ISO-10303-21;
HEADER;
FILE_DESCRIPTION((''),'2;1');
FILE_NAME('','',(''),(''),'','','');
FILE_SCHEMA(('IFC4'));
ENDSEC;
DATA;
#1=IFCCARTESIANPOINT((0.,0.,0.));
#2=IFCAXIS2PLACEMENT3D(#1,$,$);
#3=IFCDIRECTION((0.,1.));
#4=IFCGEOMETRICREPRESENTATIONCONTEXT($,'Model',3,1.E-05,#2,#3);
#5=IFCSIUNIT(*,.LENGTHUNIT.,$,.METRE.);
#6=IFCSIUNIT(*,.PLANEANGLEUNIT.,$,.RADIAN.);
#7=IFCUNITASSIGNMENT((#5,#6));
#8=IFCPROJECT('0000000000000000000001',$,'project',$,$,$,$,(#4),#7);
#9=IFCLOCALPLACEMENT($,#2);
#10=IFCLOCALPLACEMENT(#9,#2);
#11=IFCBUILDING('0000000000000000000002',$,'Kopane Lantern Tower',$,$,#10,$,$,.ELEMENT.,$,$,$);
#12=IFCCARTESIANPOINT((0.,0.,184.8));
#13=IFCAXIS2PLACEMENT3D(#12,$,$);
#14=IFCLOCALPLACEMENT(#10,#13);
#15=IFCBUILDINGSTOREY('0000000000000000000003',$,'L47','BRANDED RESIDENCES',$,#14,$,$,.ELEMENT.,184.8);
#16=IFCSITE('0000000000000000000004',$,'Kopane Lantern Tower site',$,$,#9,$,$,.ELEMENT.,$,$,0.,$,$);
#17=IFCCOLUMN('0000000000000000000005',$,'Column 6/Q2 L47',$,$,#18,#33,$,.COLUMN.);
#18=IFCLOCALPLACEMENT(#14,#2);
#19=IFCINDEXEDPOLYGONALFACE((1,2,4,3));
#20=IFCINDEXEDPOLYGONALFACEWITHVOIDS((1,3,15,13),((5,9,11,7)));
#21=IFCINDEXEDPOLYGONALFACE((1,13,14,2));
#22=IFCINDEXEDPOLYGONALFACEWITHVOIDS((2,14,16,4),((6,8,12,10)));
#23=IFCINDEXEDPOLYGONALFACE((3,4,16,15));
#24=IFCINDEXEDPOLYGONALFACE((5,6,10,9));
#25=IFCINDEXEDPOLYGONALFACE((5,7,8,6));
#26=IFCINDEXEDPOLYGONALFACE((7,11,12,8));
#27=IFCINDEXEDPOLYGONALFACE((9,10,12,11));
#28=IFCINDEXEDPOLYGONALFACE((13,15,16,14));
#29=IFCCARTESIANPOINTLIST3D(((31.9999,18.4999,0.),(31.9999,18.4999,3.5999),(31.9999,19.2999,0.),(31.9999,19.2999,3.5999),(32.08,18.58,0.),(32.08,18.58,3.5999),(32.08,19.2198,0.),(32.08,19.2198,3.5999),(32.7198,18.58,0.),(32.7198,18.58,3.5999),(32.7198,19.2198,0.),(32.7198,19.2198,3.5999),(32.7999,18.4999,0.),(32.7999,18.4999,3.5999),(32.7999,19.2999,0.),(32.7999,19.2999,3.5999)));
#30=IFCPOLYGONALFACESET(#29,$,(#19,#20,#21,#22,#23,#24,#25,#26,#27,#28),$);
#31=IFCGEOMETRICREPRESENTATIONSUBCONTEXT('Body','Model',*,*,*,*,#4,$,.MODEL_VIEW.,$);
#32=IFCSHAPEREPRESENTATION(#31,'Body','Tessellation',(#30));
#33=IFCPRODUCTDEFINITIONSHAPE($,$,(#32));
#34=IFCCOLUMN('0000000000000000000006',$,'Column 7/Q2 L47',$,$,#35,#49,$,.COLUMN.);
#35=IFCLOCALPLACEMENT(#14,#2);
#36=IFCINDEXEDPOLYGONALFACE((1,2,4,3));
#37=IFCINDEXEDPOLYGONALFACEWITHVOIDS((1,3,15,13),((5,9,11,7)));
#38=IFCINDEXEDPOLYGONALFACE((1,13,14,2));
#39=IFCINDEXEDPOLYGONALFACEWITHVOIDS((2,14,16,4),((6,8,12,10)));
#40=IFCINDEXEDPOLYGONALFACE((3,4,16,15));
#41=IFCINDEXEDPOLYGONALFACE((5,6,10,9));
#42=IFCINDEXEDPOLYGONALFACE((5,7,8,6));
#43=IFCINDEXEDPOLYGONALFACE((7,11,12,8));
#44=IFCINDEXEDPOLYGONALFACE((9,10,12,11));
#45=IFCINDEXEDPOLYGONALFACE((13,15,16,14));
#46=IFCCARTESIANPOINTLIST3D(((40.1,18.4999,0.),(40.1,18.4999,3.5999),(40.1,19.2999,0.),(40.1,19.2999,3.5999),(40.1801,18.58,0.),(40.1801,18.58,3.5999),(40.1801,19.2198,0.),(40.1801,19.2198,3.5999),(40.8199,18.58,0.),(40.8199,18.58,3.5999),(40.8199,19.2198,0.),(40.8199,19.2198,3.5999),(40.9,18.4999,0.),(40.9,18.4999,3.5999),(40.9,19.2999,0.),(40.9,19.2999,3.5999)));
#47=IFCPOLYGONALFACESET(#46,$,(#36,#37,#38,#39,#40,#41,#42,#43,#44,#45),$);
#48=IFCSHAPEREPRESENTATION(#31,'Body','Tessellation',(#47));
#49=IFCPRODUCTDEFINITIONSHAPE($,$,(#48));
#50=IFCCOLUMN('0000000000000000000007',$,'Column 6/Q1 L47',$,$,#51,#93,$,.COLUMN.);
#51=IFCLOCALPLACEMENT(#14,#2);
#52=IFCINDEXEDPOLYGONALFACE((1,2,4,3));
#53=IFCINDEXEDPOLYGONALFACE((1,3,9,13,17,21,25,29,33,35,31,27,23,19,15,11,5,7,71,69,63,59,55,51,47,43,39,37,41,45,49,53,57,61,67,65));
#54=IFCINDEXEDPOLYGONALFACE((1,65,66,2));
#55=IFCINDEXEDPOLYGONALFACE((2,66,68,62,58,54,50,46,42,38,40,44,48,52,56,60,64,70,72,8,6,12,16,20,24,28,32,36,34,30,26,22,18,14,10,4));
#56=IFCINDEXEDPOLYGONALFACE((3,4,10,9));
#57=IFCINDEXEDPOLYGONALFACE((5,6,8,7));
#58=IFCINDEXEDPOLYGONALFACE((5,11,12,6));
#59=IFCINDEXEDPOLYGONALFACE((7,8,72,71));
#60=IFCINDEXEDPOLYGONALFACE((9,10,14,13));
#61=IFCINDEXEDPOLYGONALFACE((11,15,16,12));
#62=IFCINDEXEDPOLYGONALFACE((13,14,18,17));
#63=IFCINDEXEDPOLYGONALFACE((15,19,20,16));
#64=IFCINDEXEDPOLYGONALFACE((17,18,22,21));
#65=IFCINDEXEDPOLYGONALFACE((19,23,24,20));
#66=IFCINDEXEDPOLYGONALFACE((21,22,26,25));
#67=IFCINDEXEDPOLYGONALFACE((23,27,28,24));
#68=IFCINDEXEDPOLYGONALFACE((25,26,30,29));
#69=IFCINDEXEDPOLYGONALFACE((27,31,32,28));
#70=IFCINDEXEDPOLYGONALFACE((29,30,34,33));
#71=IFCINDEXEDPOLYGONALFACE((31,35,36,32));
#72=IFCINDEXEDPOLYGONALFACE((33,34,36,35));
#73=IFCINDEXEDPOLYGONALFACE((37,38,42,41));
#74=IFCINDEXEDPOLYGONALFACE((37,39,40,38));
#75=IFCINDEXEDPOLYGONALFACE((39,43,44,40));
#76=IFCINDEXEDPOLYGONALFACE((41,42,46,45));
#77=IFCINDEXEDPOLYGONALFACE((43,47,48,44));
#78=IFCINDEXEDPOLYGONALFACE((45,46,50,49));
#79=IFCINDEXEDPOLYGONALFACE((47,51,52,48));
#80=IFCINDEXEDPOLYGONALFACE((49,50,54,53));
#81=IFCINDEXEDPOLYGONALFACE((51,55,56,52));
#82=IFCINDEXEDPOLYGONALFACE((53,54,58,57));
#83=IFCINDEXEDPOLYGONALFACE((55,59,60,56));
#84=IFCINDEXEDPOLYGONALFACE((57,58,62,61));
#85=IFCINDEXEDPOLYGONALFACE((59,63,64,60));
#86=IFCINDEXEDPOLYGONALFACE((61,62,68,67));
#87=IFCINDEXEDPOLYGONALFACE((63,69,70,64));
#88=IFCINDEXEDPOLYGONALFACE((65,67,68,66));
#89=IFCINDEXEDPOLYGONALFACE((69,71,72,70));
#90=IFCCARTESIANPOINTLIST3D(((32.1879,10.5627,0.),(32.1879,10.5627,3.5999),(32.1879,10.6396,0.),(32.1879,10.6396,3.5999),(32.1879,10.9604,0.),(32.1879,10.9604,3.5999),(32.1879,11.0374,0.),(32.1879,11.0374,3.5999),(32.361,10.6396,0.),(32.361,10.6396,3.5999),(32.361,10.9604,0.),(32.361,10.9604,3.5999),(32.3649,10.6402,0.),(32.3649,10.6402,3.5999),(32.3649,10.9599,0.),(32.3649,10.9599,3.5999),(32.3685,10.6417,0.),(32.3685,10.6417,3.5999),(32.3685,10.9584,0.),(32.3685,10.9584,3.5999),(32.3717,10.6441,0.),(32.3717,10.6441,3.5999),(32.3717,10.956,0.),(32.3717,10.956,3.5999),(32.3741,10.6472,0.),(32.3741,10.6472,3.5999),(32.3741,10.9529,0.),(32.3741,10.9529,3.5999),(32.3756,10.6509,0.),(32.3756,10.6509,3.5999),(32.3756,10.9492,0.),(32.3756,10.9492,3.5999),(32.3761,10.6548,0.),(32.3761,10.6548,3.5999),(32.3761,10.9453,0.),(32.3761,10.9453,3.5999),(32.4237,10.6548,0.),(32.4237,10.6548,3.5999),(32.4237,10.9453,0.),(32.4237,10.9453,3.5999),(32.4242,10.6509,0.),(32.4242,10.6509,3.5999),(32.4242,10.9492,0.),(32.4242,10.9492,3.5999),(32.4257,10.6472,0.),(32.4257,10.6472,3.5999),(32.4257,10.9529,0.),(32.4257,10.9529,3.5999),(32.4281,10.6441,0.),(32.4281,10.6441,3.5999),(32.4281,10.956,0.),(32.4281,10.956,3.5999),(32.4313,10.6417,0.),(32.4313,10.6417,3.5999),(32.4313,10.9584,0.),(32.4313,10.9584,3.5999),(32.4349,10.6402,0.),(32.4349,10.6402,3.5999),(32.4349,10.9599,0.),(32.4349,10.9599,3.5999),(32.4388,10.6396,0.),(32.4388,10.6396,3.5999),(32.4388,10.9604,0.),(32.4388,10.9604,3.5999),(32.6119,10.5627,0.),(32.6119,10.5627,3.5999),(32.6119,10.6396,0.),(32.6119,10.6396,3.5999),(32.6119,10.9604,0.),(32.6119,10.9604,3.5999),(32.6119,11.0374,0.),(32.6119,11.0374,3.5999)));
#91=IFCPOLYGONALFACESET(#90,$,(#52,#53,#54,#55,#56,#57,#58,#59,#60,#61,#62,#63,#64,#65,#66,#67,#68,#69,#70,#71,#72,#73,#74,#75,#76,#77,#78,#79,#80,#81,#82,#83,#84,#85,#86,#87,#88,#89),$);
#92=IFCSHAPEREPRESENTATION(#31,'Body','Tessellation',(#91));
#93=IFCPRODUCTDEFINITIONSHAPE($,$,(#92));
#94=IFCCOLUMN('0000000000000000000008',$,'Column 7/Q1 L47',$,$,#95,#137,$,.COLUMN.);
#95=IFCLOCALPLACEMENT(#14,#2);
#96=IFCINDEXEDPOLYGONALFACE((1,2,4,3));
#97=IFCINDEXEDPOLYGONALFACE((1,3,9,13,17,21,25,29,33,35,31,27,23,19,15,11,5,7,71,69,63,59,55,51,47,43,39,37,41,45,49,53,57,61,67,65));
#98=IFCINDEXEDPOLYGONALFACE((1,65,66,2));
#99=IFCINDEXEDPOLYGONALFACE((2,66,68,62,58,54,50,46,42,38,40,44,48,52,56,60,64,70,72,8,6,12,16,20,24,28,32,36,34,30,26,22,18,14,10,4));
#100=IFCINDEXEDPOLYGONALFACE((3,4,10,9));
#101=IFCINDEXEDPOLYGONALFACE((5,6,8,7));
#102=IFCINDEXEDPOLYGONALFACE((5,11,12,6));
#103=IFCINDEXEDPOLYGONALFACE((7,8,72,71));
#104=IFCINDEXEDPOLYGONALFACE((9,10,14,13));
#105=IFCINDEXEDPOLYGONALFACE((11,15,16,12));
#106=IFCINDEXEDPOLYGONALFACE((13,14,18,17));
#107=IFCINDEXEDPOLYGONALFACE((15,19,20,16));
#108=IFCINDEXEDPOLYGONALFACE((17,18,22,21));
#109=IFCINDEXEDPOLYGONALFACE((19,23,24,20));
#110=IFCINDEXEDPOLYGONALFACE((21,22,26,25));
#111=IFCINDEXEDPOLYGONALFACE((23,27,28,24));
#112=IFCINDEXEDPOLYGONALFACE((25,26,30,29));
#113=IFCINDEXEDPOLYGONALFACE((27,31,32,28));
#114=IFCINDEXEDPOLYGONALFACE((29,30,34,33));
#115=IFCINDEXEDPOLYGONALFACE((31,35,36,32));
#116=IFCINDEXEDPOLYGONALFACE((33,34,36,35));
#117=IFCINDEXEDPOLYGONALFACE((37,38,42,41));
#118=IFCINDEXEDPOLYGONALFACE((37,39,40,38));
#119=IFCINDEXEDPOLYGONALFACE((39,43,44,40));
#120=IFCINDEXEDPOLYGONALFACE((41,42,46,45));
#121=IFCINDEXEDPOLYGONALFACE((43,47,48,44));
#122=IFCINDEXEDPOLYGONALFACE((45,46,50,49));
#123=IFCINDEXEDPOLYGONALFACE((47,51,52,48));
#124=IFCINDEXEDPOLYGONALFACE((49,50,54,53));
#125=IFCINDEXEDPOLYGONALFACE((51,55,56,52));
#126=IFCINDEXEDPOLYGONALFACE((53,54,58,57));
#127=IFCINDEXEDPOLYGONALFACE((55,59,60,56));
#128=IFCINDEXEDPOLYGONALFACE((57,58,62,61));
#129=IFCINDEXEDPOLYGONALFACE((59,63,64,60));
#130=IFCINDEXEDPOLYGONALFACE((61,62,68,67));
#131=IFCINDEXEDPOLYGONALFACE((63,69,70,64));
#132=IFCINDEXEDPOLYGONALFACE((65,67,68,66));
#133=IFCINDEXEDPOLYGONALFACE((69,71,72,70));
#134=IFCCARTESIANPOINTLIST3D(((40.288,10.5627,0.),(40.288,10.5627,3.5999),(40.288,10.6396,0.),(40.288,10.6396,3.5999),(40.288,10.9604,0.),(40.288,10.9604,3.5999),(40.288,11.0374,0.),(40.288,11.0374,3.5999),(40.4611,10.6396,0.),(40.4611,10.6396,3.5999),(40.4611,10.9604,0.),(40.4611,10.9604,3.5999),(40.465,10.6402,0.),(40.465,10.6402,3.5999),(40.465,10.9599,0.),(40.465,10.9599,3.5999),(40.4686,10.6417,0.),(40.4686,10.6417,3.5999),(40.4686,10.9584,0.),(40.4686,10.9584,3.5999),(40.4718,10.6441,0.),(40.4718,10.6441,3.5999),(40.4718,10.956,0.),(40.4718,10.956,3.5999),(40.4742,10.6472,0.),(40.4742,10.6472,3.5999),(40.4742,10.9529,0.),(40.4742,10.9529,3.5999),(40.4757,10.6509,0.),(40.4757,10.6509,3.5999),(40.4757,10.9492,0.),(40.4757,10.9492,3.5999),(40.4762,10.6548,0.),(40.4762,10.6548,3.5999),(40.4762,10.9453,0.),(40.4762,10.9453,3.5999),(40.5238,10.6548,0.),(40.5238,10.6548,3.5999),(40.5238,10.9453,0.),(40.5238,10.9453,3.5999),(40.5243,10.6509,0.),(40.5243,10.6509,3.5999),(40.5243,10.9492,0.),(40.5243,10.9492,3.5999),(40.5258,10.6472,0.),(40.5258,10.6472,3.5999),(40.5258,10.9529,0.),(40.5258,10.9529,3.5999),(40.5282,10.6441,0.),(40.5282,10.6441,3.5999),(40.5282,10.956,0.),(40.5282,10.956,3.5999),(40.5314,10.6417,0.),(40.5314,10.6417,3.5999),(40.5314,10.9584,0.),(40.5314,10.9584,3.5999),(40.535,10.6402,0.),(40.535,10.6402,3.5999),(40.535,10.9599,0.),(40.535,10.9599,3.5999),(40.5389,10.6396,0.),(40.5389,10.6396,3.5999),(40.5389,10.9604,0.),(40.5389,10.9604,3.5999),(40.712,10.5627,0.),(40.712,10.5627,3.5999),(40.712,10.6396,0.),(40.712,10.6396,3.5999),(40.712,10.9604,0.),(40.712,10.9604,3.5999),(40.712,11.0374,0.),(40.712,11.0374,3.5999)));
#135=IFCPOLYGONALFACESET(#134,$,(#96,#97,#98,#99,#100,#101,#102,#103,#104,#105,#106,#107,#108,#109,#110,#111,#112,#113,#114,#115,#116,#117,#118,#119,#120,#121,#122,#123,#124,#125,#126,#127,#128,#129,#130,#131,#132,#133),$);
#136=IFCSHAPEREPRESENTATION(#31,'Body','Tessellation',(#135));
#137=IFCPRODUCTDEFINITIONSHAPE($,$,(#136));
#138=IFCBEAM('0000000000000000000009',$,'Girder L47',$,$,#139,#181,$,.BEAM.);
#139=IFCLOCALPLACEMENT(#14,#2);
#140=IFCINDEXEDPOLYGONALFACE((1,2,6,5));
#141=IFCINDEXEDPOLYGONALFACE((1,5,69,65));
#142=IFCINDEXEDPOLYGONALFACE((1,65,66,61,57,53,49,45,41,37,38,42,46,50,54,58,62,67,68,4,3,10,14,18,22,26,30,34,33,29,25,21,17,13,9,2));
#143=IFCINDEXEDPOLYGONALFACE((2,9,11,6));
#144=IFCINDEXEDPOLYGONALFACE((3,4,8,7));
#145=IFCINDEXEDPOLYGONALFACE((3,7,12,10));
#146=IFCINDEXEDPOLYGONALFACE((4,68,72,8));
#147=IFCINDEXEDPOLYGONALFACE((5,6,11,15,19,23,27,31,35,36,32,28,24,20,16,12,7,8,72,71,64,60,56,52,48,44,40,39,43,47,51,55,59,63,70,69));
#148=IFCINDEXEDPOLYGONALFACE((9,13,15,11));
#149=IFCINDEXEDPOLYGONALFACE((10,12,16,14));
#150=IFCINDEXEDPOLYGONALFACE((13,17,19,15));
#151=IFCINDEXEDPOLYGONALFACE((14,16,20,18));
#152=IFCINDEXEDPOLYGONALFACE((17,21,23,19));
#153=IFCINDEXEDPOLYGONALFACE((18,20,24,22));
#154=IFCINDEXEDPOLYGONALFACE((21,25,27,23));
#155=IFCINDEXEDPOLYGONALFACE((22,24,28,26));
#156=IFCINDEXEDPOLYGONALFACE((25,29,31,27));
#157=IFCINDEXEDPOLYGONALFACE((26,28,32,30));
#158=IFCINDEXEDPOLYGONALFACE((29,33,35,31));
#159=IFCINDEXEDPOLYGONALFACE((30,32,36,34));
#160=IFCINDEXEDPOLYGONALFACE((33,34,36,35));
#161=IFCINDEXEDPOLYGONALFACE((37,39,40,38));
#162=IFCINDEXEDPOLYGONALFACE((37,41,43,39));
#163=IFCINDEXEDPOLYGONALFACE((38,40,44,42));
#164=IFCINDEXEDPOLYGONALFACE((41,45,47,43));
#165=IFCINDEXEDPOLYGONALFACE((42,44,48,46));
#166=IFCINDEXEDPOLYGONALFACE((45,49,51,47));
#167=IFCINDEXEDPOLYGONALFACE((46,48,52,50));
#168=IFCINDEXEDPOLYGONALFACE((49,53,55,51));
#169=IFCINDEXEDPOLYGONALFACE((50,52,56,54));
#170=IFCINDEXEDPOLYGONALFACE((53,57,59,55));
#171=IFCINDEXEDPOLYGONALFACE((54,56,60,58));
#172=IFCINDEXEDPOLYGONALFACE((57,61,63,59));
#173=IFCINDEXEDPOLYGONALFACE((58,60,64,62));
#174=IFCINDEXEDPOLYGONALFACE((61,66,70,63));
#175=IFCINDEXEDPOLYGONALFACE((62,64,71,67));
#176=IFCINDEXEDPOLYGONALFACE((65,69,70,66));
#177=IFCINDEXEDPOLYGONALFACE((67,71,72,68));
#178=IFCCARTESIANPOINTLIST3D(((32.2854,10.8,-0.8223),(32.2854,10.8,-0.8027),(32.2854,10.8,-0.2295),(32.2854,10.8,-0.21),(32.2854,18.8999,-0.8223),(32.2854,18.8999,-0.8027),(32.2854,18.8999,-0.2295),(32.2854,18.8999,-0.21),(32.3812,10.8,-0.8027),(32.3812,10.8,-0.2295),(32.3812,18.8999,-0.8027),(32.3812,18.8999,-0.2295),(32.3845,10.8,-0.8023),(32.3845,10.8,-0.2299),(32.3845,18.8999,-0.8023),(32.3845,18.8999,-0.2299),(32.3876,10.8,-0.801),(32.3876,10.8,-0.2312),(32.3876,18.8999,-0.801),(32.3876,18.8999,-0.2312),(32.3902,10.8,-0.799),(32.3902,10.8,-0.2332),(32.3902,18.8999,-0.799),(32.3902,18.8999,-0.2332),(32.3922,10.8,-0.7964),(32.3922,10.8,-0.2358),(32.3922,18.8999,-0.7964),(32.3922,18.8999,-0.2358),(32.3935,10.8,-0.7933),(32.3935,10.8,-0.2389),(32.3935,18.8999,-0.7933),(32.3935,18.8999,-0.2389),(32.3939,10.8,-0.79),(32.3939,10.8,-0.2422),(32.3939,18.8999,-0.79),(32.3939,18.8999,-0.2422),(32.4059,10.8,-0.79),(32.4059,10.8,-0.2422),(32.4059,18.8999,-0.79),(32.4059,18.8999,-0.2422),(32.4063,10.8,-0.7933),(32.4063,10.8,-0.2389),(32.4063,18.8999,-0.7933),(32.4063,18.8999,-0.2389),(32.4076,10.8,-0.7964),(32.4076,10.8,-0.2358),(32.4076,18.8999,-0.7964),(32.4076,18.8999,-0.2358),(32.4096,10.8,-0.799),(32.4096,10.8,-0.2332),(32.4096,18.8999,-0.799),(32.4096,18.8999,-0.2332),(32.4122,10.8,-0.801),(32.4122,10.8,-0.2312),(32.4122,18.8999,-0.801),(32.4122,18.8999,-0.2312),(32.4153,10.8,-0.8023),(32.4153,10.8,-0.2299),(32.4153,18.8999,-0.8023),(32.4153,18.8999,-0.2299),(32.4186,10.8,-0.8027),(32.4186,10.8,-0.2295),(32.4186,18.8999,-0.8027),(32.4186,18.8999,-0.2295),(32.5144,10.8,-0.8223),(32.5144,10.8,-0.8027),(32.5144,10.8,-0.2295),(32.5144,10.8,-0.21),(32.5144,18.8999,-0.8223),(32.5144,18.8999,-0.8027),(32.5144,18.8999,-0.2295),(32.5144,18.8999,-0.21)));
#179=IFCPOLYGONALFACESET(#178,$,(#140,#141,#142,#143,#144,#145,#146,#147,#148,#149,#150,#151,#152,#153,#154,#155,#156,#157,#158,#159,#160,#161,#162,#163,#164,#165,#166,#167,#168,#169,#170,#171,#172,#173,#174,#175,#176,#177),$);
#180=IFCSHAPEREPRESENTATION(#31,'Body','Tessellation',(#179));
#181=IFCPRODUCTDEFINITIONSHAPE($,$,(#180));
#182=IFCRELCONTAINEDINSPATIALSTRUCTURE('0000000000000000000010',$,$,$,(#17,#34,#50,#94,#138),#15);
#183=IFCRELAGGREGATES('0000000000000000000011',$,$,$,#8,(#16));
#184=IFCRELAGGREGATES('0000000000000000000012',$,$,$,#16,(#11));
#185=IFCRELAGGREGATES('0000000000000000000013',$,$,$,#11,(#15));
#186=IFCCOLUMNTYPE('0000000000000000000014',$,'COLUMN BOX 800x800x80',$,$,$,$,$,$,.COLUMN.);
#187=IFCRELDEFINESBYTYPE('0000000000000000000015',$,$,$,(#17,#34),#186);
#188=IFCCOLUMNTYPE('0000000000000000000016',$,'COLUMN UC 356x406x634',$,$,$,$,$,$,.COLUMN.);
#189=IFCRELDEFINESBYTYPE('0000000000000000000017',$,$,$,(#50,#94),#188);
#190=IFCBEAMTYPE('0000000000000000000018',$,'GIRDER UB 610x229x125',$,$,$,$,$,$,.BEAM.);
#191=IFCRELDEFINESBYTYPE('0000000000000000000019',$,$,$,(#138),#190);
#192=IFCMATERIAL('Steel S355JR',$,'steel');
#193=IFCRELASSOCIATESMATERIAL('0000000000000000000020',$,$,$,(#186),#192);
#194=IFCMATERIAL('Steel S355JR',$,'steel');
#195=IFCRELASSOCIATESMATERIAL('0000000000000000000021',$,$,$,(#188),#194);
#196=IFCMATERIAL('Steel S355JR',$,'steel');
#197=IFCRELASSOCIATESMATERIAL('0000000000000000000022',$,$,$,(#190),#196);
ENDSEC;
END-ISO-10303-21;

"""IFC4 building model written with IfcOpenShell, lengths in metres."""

from ifc_helpers import new_model, si_unit, direction, frame, origin, origin_2d, place, context, subcontext, project, spatial, hollow_rectangle, i_section, extrude, material, material_profile, profile_set, type_object, element, save


model = new_model("IFC4")

# Units and contexts
model_context = context("Model", 3, precision=1e-05, world=origin(), true_north=direction((0.0, 1.0)))
body_context = subcontext(model_context, "Body", "Model", "MODEL_VIEW")
ifc_project = project(units=[si_unit("LENGTHUNIT", "METRE"), si_unit("PLANEANGLEUNIT", "RADIAN")], contexts=[model_context])

# Site, building, storey
site_placement = place(None, origin())
site = spatial("IfcSite", under=ifc_project, at=site_placement, Name="Kopane Lantern Tower site", CompositionType="ELEMENT", RefElevation=0.0)
building_placement = place(site_placement, origin())
building = spatial("IfcBuilding", under=site, at=building_placement, Name="Kopane Lantern Tower", CompositionType="ELEMENT")
storey_placement = place(building_placement, frame((0.0, 0.0, 184.8)))
storey = spatial("IfcBuildingStorey", under=building, at=storey_placement, Name="L47", Description="BRANDED RESIDENCES", CompositionType="ELEMENT", Elevation=184.8)

# Columns
ifc_material_1 = material(Name="Steel S355JR", Category="steel")
ifc_material_profile_1 = material_profile(ifc_material_1, hollow_rectangle(XDim=0.8, YDim=0.8, WallThickness=0.0801, at=origin_2d()), Name="BOX 800x800x80")
ifc_profile_set_1 = profile_set([ifc_material_profile_1], Name="Steel S355JR")
column_type_1 = type_object("IfcColumnType", Name="COLUMN BOX 800x800x80", PredefinedType="COLUMN", material=ifc_profile_set_1)
for number, where, z_axis, x_axis, name in (
    (1, (32.3999, 18.8999, 0.0), (0.0, 0.0, 1.0), (1.0, 0.0, 0.0), "Column 6/Q2 L47"),
    (2, (40.5, 18.8999, 0.0), (0.0, 0.0, 1.0), (1.0, 0.0, 0.0), "Column 7/Q2 L47"),
):
    element("IfcColumn", number, at=place(storey_placement, frame(where, z_axis=z_axis, x_axis=x_axis)), inside=storey, type_object=column_type_1, Name=name, PredefinedType="COLUMN", context=body_context, shape_type="SweptSolid", body=[
        extrude(hollow_rectangle(XDim=0.8, YDim=0.8, WallThickness=0.0801, at=origin_2d()), origin(), (0.0, 0.0, 1.0), 3.5999),
    ])
ifc_material_2 = material(Name="Steel S355JR", Category="steel")
ifc_material_profile_2 = material_profile(ifc_material_2, i_section(OverallWidth=0.4241, OverallDepth=0.4746, WebThickness=0.0476, FlangeThickness=0.0769, FilletRadius=0.0151, at=origin_2d()), Name="UC 356x406x634")
ifc_profile_set_2 = profile_set([ifc_material_profile_2], Name="Steel S355JR")
column_type_2 = type_object("IfcColumnType", Name="COLUMN UC 356x406x634", PredefinedType="COLUMN", material=ifc_profile_set_2)
for number, where, z_axis, x_axis, name in (
    (3, (32.3999, 10.8, 0.0), (0.0, 0.0, 1.0), (1.0, 0.0, 0.0), "Column 6/Q1 L47"),
    (4, (40.5, 10.8, 0.0), (0.0, 0.0, 1.0), (1.0, 0.0, 0.0), "Column 7/Q1 L47"),
):
    element("IfcColumn", number, at=place(storey_placement, frame(where, z_axis=z_axis, x_axis=x_axis)), inside=storey, type_object=column_type_2, Name=name, PredefinedType="COLUMN", context=body_context, shape_type="SweptSolid", body=[
        extrude(i_section(OverallWidth=0.4241, OverallDepth=0.4746, WebThickness=0.0476, FlangeThickness=0.0769, FilletRadius=0.0151, at=origin_2d()), origin(), (0.0, 0.0, 1.0), 3.5999),
    ])

# Beam
ifc_material_3 = material(Name="Steel S355JR", Category="steel")
ifc_material_profile_3 = material_profile(ifc_material_3, i_section(OverallWidth=0.229, OverallDepth=0.6123, WebThickness=0.012, FlangeThickness=0.0195, FilletRadius=0.0127, at=origin_2d()), Name="UB 610x229x125")
ifc_profile_set_3 = profile_set([ifc_material_profile_3], Name="Steel S355JR")
beam_type = type_object("IfcBeamType", Name="GIRDER UB 610x229x125", PredefinedType="BEAM", material=ifc_profile_set_3)
beam_1_placement = place(storey_placement, frame((32.3999, 10.8, -0.5161), z_axis=(0.0, 1.0, 0.0), x_axis=(-1.0, 0.0, 0.0)))
element("IfcBeam", 5, at=beam_1_placement, inside=storey, type_object=beam_type, Name="Girder L47", PredefinedType="BEAM", context=body_context, shape_type="SweptSolid", body=[
    extrude(i_section(OverallWidth=0.229, OverallDepth=0.6123, WebThickness=0.012, FlangeThickness=0.0195, FilletRadius=0.0127, at=origin_2d()), origin(), (0.0, 0.0, 1.0), 8.0999),
])

save(model, "model.ifc")
